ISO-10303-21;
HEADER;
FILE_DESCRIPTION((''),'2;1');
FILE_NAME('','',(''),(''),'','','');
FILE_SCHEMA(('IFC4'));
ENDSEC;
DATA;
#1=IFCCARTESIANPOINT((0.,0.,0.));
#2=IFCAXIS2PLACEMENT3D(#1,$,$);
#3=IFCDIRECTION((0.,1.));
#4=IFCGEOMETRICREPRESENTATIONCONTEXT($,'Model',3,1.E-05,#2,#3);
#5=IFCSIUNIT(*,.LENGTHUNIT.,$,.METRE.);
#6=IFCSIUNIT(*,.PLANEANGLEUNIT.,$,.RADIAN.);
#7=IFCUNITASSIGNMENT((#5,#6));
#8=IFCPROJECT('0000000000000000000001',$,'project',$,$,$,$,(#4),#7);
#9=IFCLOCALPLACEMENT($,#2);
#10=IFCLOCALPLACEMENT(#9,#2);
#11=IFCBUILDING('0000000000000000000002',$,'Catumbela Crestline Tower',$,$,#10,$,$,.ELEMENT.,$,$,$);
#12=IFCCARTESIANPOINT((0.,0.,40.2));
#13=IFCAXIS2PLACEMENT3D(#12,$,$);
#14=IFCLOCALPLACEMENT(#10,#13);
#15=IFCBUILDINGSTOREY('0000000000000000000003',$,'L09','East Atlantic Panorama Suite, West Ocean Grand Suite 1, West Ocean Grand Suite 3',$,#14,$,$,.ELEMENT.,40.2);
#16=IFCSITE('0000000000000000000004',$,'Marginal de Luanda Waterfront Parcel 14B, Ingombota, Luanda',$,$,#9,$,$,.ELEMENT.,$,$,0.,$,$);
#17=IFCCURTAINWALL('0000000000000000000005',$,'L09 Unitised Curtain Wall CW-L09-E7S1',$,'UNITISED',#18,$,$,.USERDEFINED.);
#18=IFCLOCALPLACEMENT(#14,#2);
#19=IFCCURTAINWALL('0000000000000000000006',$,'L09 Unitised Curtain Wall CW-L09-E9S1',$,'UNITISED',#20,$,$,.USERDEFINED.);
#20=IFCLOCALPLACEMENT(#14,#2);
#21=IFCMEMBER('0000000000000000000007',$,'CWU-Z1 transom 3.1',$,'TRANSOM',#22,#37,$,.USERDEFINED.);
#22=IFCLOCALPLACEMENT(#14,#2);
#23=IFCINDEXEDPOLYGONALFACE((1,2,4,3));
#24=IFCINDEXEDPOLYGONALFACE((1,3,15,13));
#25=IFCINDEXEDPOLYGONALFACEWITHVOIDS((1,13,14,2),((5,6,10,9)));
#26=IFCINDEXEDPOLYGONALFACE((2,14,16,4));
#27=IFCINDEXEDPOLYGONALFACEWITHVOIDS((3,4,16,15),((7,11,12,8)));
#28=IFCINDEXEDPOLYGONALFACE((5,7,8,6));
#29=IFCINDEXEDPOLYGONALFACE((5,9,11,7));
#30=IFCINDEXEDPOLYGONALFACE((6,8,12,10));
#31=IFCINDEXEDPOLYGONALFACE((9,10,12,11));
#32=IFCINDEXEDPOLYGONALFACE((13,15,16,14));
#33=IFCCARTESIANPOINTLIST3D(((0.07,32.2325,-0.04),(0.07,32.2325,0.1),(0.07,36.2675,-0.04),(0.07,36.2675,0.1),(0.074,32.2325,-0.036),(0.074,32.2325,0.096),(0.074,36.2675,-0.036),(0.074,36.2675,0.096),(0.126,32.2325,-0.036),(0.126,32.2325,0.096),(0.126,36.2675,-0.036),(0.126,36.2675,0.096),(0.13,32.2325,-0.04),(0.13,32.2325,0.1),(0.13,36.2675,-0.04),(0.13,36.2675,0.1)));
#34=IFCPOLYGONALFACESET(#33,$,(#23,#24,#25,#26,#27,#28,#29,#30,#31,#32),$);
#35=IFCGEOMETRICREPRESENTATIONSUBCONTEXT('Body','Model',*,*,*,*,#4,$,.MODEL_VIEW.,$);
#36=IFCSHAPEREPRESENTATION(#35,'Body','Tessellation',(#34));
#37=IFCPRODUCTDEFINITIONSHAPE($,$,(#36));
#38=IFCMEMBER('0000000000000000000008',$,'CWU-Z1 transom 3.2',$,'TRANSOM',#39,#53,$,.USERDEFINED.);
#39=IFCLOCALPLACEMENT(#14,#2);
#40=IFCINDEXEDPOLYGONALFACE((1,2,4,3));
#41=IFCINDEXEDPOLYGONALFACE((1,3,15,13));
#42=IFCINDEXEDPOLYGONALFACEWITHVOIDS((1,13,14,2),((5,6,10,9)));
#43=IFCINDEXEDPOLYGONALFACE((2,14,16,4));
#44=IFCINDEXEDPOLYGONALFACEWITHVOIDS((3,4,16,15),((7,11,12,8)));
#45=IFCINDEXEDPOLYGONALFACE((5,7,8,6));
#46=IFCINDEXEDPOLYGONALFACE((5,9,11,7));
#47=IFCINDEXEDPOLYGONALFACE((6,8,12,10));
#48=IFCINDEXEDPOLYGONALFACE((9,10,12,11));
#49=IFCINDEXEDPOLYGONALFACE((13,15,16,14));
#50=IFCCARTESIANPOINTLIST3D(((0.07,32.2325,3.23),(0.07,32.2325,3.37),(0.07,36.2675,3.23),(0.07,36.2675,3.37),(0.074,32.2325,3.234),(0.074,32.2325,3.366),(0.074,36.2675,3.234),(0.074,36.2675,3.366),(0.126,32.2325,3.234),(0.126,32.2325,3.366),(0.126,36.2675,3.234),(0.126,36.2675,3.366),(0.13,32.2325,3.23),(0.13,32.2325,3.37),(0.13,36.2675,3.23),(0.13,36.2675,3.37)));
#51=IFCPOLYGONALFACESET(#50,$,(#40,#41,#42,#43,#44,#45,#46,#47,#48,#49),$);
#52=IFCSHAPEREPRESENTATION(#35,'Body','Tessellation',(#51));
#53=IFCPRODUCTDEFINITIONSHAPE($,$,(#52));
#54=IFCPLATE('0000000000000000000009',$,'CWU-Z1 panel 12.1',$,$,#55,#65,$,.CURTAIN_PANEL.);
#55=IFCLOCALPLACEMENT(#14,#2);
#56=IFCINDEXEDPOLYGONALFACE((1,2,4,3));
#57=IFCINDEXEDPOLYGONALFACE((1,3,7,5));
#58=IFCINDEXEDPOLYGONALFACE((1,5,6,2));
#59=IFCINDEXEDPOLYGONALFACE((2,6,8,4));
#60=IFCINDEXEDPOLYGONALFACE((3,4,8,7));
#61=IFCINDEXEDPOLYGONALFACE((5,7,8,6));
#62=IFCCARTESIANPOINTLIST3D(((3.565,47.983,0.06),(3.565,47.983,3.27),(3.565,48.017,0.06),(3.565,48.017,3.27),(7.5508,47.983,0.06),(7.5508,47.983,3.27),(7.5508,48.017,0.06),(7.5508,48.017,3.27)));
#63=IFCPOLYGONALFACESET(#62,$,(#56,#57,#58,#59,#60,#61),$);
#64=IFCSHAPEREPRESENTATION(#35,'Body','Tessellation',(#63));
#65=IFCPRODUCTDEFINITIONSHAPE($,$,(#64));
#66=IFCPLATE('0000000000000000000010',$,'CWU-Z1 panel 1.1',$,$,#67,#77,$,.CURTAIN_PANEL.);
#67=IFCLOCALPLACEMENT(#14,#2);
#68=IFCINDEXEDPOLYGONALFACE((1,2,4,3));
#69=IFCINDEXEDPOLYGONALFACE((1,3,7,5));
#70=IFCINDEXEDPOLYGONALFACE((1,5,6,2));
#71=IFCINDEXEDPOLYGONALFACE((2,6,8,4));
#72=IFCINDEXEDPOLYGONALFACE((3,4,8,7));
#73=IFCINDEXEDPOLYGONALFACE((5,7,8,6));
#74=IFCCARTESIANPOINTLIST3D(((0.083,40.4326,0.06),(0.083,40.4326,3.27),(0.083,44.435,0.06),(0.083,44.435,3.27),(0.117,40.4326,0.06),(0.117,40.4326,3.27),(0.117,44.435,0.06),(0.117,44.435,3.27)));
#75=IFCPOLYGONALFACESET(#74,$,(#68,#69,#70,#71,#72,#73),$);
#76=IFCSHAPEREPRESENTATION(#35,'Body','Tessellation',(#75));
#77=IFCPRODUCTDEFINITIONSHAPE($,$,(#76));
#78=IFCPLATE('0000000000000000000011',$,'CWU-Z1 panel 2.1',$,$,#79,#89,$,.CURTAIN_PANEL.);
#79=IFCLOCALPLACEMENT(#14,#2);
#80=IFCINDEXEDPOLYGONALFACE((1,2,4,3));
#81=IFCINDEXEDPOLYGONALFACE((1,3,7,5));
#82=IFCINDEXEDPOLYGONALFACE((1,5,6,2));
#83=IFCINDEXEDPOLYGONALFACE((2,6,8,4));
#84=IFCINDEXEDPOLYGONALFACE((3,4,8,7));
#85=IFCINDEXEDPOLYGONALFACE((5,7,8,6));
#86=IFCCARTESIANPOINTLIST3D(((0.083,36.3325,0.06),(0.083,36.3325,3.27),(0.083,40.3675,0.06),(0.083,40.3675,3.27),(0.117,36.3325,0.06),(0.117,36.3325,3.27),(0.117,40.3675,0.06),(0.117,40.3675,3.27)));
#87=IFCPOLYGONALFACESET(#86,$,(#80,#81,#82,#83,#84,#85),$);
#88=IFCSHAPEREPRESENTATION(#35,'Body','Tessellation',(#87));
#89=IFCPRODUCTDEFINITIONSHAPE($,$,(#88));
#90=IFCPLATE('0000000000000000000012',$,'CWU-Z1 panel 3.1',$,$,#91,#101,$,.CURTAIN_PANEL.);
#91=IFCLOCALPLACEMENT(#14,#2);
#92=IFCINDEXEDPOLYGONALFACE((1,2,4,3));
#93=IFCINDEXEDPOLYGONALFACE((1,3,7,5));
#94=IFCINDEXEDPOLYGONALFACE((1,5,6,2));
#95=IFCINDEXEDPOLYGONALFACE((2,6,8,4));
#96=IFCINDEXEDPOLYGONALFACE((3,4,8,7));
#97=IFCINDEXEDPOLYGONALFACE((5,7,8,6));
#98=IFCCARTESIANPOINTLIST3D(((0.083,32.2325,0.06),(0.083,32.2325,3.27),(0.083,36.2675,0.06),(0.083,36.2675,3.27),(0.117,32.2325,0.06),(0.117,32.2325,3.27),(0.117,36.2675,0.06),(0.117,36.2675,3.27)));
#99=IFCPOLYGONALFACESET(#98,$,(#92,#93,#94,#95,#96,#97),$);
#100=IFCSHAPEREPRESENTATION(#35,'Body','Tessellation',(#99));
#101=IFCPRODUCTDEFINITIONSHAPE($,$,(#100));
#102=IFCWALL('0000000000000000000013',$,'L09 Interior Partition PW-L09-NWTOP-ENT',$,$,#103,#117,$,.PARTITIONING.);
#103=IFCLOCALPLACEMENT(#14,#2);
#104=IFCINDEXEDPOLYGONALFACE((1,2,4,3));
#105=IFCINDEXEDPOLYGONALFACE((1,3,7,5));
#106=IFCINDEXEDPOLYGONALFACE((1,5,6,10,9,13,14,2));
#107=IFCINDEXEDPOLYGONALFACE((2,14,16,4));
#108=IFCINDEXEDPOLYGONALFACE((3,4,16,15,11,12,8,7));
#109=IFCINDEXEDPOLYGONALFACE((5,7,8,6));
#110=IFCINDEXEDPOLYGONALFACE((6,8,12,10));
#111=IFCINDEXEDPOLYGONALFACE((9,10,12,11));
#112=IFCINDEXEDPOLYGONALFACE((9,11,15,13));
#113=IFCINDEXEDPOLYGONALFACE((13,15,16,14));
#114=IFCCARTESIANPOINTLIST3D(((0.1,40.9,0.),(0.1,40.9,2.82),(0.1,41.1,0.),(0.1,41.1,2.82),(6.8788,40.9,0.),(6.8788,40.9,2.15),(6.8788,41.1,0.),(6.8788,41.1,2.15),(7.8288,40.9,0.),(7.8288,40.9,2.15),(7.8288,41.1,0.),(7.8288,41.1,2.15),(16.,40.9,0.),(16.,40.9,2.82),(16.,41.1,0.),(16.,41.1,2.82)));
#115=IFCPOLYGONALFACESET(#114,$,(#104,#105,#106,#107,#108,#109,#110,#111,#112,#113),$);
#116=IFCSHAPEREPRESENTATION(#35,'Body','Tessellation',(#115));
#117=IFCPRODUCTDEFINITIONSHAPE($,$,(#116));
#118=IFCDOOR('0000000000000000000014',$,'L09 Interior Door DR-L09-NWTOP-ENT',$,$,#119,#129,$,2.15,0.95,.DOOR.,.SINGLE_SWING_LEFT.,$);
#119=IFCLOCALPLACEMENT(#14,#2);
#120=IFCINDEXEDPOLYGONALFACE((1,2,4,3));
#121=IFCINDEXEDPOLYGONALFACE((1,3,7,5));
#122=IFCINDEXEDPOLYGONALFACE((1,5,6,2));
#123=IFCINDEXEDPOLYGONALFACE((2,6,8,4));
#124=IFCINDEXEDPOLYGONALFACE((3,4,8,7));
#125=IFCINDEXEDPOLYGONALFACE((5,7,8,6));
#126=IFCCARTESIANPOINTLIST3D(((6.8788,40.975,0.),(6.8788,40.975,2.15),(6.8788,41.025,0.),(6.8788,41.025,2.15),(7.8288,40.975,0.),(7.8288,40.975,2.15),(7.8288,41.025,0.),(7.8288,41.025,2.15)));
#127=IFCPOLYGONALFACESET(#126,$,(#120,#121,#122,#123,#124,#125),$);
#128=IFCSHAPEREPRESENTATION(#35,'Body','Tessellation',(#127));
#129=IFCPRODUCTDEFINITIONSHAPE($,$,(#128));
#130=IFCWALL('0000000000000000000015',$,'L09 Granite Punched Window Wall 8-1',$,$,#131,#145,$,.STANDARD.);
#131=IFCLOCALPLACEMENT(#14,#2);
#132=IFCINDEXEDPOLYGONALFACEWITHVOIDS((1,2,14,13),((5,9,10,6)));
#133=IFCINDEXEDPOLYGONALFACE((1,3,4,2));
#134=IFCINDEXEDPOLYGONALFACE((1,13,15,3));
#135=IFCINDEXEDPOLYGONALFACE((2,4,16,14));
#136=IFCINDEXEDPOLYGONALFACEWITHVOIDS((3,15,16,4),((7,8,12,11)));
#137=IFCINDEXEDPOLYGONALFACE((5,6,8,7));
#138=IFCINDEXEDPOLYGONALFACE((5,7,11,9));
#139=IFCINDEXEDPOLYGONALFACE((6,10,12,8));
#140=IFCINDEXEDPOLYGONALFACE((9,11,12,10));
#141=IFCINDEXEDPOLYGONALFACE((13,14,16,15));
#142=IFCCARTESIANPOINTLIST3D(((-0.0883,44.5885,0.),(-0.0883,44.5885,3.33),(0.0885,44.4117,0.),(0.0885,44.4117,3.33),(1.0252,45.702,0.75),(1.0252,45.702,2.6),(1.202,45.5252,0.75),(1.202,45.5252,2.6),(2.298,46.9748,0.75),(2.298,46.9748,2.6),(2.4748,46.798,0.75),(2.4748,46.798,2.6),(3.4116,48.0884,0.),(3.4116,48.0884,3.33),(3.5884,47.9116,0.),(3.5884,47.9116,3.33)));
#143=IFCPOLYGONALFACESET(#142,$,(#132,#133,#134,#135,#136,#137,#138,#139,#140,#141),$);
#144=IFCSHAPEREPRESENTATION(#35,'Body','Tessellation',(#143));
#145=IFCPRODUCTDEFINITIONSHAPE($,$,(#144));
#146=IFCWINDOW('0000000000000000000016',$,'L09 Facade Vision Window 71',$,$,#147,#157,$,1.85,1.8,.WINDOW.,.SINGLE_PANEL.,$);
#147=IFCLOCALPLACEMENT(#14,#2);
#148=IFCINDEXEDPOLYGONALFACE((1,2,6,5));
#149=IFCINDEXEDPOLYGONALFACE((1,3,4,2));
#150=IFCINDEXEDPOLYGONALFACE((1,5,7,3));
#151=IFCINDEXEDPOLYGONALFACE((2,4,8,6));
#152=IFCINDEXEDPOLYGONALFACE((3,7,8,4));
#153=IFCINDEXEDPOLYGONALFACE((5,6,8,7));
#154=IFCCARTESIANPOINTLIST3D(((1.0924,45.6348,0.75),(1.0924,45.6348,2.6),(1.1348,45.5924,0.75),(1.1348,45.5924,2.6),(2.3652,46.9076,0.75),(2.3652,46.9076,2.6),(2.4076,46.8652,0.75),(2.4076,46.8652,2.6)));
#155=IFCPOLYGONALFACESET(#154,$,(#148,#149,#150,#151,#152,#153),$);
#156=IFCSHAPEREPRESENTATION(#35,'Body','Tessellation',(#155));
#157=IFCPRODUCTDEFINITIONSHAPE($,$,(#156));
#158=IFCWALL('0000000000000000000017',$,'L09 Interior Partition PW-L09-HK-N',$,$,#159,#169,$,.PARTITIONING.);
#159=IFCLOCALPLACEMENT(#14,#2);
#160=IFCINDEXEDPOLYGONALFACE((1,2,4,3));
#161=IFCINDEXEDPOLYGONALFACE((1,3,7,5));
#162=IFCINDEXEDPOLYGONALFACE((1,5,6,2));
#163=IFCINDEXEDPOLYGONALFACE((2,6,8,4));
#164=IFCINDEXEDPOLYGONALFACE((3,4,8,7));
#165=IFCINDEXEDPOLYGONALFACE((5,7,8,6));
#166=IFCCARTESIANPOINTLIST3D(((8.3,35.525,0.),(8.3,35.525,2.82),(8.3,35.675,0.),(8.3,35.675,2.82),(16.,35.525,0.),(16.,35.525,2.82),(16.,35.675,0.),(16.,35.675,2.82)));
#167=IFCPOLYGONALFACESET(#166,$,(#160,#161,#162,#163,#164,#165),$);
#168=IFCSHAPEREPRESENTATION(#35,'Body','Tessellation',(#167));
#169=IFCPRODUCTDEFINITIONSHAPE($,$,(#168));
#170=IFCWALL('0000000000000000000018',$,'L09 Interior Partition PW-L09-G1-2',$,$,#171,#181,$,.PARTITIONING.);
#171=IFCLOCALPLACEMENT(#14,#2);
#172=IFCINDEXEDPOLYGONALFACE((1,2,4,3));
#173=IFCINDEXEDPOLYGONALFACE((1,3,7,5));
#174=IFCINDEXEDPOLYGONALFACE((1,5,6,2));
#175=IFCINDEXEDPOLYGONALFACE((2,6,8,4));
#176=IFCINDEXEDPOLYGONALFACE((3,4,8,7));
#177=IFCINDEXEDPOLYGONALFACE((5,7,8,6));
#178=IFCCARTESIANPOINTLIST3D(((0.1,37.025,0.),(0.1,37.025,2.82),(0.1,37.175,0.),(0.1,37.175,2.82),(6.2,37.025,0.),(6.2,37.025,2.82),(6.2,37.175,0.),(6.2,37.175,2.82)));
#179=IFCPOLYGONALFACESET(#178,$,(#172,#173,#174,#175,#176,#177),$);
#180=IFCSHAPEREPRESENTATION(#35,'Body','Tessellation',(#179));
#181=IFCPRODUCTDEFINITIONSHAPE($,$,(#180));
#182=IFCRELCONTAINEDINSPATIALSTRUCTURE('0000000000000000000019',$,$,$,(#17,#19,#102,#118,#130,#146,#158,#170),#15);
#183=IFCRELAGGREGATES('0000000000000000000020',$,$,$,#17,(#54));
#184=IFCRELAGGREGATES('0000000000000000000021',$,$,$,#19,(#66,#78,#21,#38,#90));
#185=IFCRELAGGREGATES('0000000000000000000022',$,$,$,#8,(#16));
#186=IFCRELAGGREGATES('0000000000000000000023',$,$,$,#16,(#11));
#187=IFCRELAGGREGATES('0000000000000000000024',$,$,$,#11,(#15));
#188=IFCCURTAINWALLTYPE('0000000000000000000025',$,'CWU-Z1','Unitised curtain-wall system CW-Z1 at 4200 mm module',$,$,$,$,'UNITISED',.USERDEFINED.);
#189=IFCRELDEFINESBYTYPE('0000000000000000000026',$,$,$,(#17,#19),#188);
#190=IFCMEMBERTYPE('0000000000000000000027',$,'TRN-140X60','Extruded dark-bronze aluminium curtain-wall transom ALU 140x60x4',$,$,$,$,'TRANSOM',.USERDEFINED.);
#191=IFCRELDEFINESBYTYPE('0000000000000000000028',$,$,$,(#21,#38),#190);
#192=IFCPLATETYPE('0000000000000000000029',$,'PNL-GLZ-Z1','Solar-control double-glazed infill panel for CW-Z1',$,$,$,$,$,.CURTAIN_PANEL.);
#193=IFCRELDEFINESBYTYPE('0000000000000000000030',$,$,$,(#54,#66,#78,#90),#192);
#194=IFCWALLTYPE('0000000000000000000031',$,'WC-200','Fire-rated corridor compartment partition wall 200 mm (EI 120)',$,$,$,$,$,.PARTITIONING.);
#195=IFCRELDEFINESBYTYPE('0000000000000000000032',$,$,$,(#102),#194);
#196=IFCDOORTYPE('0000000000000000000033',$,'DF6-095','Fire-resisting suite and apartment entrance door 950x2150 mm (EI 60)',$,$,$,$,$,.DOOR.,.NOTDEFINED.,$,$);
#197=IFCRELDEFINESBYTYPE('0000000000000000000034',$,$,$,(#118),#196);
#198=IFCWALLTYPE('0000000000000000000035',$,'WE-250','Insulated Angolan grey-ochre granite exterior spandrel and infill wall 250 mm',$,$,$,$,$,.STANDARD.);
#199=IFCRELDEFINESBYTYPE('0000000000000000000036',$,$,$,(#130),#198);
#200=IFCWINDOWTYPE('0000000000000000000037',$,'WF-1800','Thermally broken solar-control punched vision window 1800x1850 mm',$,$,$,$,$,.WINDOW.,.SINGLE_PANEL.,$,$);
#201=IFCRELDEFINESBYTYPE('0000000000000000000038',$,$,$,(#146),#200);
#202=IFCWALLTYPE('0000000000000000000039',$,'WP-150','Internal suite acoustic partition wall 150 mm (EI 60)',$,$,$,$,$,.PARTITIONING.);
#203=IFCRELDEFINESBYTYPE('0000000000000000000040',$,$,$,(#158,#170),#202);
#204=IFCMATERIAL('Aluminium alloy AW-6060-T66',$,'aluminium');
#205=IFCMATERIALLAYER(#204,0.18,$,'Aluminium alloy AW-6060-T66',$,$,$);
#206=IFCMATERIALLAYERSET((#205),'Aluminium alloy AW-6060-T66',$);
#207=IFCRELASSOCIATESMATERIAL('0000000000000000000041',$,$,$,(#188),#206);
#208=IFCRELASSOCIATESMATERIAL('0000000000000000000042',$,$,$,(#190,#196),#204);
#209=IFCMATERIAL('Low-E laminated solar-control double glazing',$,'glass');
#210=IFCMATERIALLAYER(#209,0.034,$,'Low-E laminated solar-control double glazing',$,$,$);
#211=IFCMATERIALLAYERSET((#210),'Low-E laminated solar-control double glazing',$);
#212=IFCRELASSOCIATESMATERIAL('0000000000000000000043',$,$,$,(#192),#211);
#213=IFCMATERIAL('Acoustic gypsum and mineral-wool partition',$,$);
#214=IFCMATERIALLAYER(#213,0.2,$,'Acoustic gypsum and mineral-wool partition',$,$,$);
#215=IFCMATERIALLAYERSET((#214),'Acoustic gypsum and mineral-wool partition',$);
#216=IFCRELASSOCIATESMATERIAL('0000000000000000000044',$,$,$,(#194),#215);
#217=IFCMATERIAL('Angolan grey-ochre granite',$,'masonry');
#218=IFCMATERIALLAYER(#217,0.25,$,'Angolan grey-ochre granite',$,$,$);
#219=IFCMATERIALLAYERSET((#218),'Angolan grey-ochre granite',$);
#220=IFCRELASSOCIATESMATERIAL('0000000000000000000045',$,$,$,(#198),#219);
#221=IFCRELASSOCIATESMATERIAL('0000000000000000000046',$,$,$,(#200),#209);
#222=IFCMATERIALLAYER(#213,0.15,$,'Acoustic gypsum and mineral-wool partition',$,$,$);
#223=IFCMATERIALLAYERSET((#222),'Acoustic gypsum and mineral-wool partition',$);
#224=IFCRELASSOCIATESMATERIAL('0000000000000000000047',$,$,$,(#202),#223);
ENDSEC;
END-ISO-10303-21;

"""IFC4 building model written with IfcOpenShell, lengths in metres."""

from ifc_helpers import new_model, si_unit, direction, frame, frame_2d, origin, origin_2d, place, context, subcontext, project, spatial, rectangle, hollow_rectangle, extrude, material, layer, layer_set, material_profile, profile_set, type_object, element, fill, aggregate, save


model = new_model("IFC4")

# Units and contexts
model_context = context("Model", 3, precision=1e-05, world=origin(), true_north=direction((0.0, 1.0)))
body_context = subcontext(model_context, "Body", "Model", "MODEL_VIEW")
ifc_project = project(units=[si_unit("LENGTHUNIT", "METRE"), si_unit("PLANEANGLEUNIT", "RADIAN")], contexts=[model_context])

# Site, building, storey
site_placement = place(None, origin())
site = spatial("IfcSite", under=ifc_project, at=site_placement, Name="Marginal de Luanda Waterfront Parcel 14B, Ingombota, Luanda", CompositionType="ELEMENT", RefElevation=0.0)
building_placement = place(site_placement, origin())
building = spatial("IfcBuilding", under=site, at=building_placement, Name="Catumbela Crestline Tower", CompositionType="ELEMENT")
storey_placement = place(building_placement, frame((0.0, 0.0, 40.2)))
storey = spatial("IfcBuildingStorey", under=building, at=storey_placement, Name="L09", Description="East Atlantic Panorama Suite, West Ocean Grand Suite 1, West Ocean Grand Suite 3", CompositionType="ELEMENT", Elevation=40.2)

# Curtain walls
ifc_material_1 = material(Name="Aluminium alloy AW-6060-T66", Category="aluminium")
ifc_layer_1 = layer(ifc_material_1, 0.18, Name="Aluminium alloy AW-6060-T66")
ifc_layer_set_1 = layer_set([ifc_layer_1], Name="Aluminium alloy AW-6060-T66")
curtain_wall_type = type_object("IfcCurtainWallType", Name="CWU-Z1", Description="Unitised curtain-wall system CW-Z1 at 4200 mm module", ElementType="UNITISED", PredefinedType="USERDEFINED", material=ifc_layer_set_1)
curtain_wall_1_placement = place(storey_placement, origin())
curtain_wall_1 = element("IfcCurtainWall", 1, at=curtain_wall_1_placement, inside=storey, type_object=curtain_wall_type, Name="L09 Unitised Curtain Wall CW-L09-E7S1", ObjectType="UNITISED", PredefinedType="USERDEFINED")
curtain_wall_2_placement = place(storey_placement, origin())
curtain_wall_2 = element("IfcCurtainWall", 2, at=curtain_wall_2_placement, inside=storey, type_object=curtain_wall_type, Name="L09 Unitised Curtain Wall CW-L09-E9S1", ObjectType="UNITISED", PredefinedType="USERDEFINED")

# Members
ifc_material_profile_1 = material_profile(ifc_material_1, hollow_rectangle(XDim=0.06, YDim=0.14, WallThickness=0.004, at=origin_2d()), Name="ALU 140x60x4")
ifc_profile_set_1 = profile_set([ifc_material_profile_1], Name="Aluminium alloy AW-6060-T66")
member_type_1 = type_object("IfcMemberType", Name="TRN-140X60", Description="Extruded dark-bronze aluminium curtain-wall transom ALU 140x60x4", ElementType="TRANSOM", PredefinedType="USERDEFINED", material=ifc_profile_set_1)
member_1_placement = place(storey_placement, frame((0.1, 36.2675, 0.03), z_axis=(0.0, -1.0, 0.0), x_axis=(1.0, 0.0, 0.0)))
member_1 = element("IfcMember", 3, at=member_1_placement, type_object=member_type_1, Name="CWU-Z1 transom 3.1", ObjectType="TRANSOM", PredefinedType="USERDEFINED", context=body_context, shape_type="SweptSolid", body=[
    extrude(hollow_rectangle(XDim=0.06, YDim=0.14, WallThickness=0.004, at=origin_2d()), origin(), (0.0, 0.0, 1.0), 4.035),
])
member_2_placement = place(storey_placement, frame((0.1, 36.2675, 3.3), z_axis=(0.0, -1.0, 0.0), x_axis=(1.0, 0.0, 0.0)))
member_2 = element("IfcMember", 4, at=member_2_placement, type_object=member_type_1, Name="CWU-Z1 transom 3.2", ObjectType="TRANSOM", PredefinedType="USERDEFINED", context=body_context, shape_type="SweptSolid", body=[
    extrude(hollow_rectangle(XDim=0.06, YDim=0.14, WallThickness=0.004, at=origin_2d()), origin(), (0.0, 0.0, 1.0), 4.035),
])

# Plates
ifc_material_2 = material(Name="Low-E laminated solar-control double glazing", Category="glass")
ifc_layer_2 = layer(ifc_material_2, 0.034, Name="Low-E laminated solar-control double glazing")
ifc_layer_set_2 = layer_set([ifc_layer_2], Name="Low-E laminated solar-control double glazing")
plate_type = type_object("IfcPlateType", Name="PNL-GLZ-Z1", Description="Solar-control double-glazed infill panel for CW-Z1", PredefinedType="CURTAIN_PANEL", material=ifc_layer_set_2)
plate_1_placement = place(storey_placement, frame((5.5579, 48.0, 0.06), z_axis=(0.0, 0.0, 1.0), x_axis=(-1.0, 0.0, 0.0)))
plate_1 = element("IfcPlate", 5, at=plate_1_placement, type_object=plate_type, Name="CWU-Z1 panel 12.1", PredefinedType="CURTAIN_PANEL", context=body_context, shape_type="SweptSolid", body=[
    extrude(rectangle(XDim=3.9858, YDim=0.034, at=origin_2d()), origin(), (0.0, 0.0, 1.0), 3.21),
])
aggregate(curtain_wall_1, [plate_1])
plate_2_placement = place(storey_placement, frame((0.1, 42.4338, 0.06), z_axis=(0.0, 0.0, 1.0), x_axis=(0.0, -1.0, 0.0)))
plate_2 = element("IfcPlate", 6, at=plate_2_placement, type_object=plate_type, Name="CWU-Z1 panel 1.1", PredefinedType="CURTAIN_PANEL", context=body_context, shape_type="SweptSolid", body=[
    extrude(rectangle(XDim=4.0025, YDim=0.034, at=origin_2d()), origin(), (0.0, 0.0, 1.0), 3.21),
])
plate_3_placement = place(storey_placement, frame((0.1, 38.35, 0.06), z_axis=(0.0, 0.0, 1.0), x_axis=(0.0, -1.0, 0.0)))
plate_3 = element("IfcPlate", 7, at=plate_3_placement, type_object=plate_type, Name="CWU-Z1 panel 2.1", PredefinedType="CURTAIN_PANEL", context=body_context, shape_type="SweptSolid", body=[
    extrude(rectangle(XDim=4.035, YDim=0.034, at=origin_2d()), origin(), (0.0, 0.0, 1.0), 3.21),
])
plate_4_placement = place(storey_placement, frame((0.1, 34.25, 0.06), z_axis=(0.0, 0.0, 1.0), x_axis=(0.0, -1.0, 0.0)))
plate_4 = element("IfcPlate", 8, at=plate_4_placement, type_object=plate_type, Name="CWU-Z1 panel 3.1", PredefinedType="CURTAIN_PANEL", context=body_context, shape_type="SweptSolid", body=[
    extrude(rectangle(XDim=4.035, YDim=0.034, at=origin_2d()), origin(), (0.0, 0.0, 1.0), 3.21),
])
aggregate(curtain_wall_2, [plate_2, plate_3, member_1, member_2, plate_4])

# Wall, opening, door
ifc_material_3 = material(Name="Acoustic gypsum and mineral-wool partition")
ifc_layer_3 = layer(ifc_material_3, 0.2, Name="Acoustic gypsum and mineral-wool partition")
ifc_layer_set_3 = layer_set([ifc_layer_3], Name="Acoustic gypsum and mineral-wool partition")
wall_type_1 = type_object("IfcWallType", Name="WC-200", Description="Fire-rated corridor compartment partition wall 200 mm (EI 120)", PredefinedType="PARTITIONING", material=ifc_layer_set_3)
wall_1_placement = place(storey_placement, frame((0.1, 41.0, 0.0), z_axis=(0.0, 0.0, 1.0), x_axis=(1.0, 0.0, 0.0)))
wall_1 = element("IfcWall", 9, at=wall_1_placement, inside=storey, type_object=wall_type_1, Name="L09 Interior Partition PW-L09-NWTOP-ENT", PredefinedType="PARTITIONING", context=body_context, shape_type="SweptSolid", body=[
    extrude(rectangle(XDim=15.9, YDim=0.2, at=frame_2d((7.95, 0.0))), origin(), (0.0, 0.0, 1.0), 2.82),
])
opening_1_placement = place(wall_1_placement, frame((6.7788, 0.0, 0.0)))
opening_1 = element("IfcOpeningElement", 10, at=opening_1_placement, cuts=wall_1, PredefinedType="OPENING", context=body_context, shape_type="SweptSolid", body=[
    extrude(rectangle(XDim=0.95, YDim=2.15, at=frame_2d((0.475, 1.075))), frame((0.0, 0.11, 0.0), z_axis=(0.0, -1.0, 0.0), x_axis=(1.0, 0.0, 0.0)), (0.0, 0.0, 1.0), 0.22),
])
door_type = type_object("IfcDoorType", Name="DF6-095", Description="Fire-resisting suite and apartment entrance door 950x2150 mm (EI 60)", OperationType="NOTDEFINED", PredefinedType="DOOR", material=ifc_material_1)
door_placement = place(opening_1_placement, origin())
door = element("IfcDoor", 11, at=door_placement, inside=storey, type_object=door_type, Name="L09 Interior Door DR-L09-NWTOP-ENT", OperationType="SINGLE_SWING_LEFT", OverallHeight=2.15, OverallWidth=0.95, PredefinedType="DOOR", context=body_context, shape_type="SweptSolid", body=[
    extrude(rectangle(XDim=0.95, YDim=2.15, at=frame_2d((0.475, 1.075))), frame((0.0, 0.025, 0.0), z_axis=(0.0, -1.0, 0.0), x_axis=(1.0, 0.0, 0.0)), (0.0, 0.0, 1.0), 0.05),
])
fill(opening_1, door)

# Wall, opening, window
ifc_material_4 = material(Name="Angolan grey-ochre granite", Category="masonry")
ifc_layer_4 = layer(ifc_material_4, 0.25, Name="Angolan grey-ochre granite")
ifc_layer_set_4 = layer_set([ifc_layer_4], Name="Angolan grey-ochre granite")
wall_type_2 = type_object("IfcWallType", Name="WE-250", Description="Insulated Angolan grey-ochre granite exterior spandrel and infill wall 250 mm", PredefinedType="STANDARD", material=ifc_layer_set_4)
wall_2_placement = place(storey_placement, frame((3.5, 48.0, 0.0), z_axis=(0.0, 0.0, 1.0), x_axis=(-0.707107, -0.707107, 0.0)))
wall_2 = element("IfcWall", 12, at=wall_2_placement, inside=storey, type_object=wall_type_2, Name="L09 Granite Punched Window Wall 8-1", PredefinedType="STANDARD", context=body_context, shape_type="SweptSolid", body=[
    extrude(rectangle(XDim=4.9497, YDim=0.25, at=frame_2d((2.4748, 0.0))), origin(), (0.0, 0.0, 1.0), 3.33),
])
opening_2_placement = place(wall_2_placement, frame((1.5749, 0.0, 0.75)))
opening_2 = element("IfcOpeningElement", 13, at=opening_2_placement, cuts=wall_2, PredefinedType="OPENING", context=body_context, shape_type="SweptSolid", body=[
    extrude(rectangle(XDim=1.8, YDim=1.85, at=frame_2d((0.9, 0.925))), frame((0.0, 0.135, 0.0), z_axis=(0.0, -1.0, 0.0), x_axis=(1.0, 0.0, 0.0)), (0.0, 0.0, 1.0), 0.27),
])
window_type = type_object("IfcWindowType", Name="WF-1800", Description="Thermally broken solar-control punched vision window 1800x1850 mm", PartitioningType="SINGLE_PANEL", PredefinedType="WINDOW", material=ifc_material_2)
window_placement = place(opening_2_placement, origin())
window = element("IfcWindow", 14, at=window_placement, inside=storey, type_object=window_type, Name="L09 Facade Vision Window 71", OverallHeight=1.85, OverallWidth=1.8, PartitioningType="SINGLE_PANEL", PredefinedType="WINDOW", context=body_context, shape_type="SweptSolid", body=[
    extrude(rectangle(XDim=1.8, YDim=1.85, at=frame_2d((0.9, 0.925))), frame((0.0, 0.03, 0.0), z_axis=(0.0, -1.0, 0.0), x_axis=(1.0, 0.0, 0.0)), (0.0, 0.0, 1.0), 0.06),
])
fill(opening_2, window)

# Walls
ifc_layer_5 = layer(ifc_material_3, 0.15, Name="Acoustic gypsum and mineral-wool partition")
ifc_layer_set_5 = layer_set([ifc_layer_5], Name="Acoustic gypsum and mineral-wool partition")
wall_type_3 = type_object("IfcWallType", Name="WP-150", Description="Internal suite acoustic partition wall 150 mm (EI 60)", PredefinedType="PARTITIONING", material=ifc_layer_set_5)
wall_3_placement = place(storey_placement, frame((8.3, 35.6, 0.0), z_axis=(0.0, 0.0, 1.0), x_axis=(1.0, 0.0, 0.0)))
element("IfcWall", 15, at=wall_3_placement, inside=storey, type_object=wall_type_3, Name="L09 Interior Partition PW-L09-HK-N", PredefinedType="PARTITIONING", context=body_context, shape_type="SweptSolid", body=[
    extrude(rectangle(XDim=7.7, YDim=0.15, at=frame_2d((3.85, 0.0))), origin(), (0.0, 0.0, 1.0), 2.82),
])
wall_4_placement = place(storey_placement, frame((0.1, 37.1, 0.0), z_axis=(0.0, 0.0, 1.0), x_axis=(1.0, 0.0, 0.0)))
element("IfcWall", 16, at=wall_4_placement, inside=storey, type_object=wall_type_3, Name="L09 Interior Partition PW-L09-G1-2", PredefinedType="PARTITIONING", context=body_context, shape_type="SweptSolid", body=[
    extrude(rectangle(XDim=6.1, YDim=0.15, at=frame_2d((3.05, 0.0))), origin(), (0.0, 0.0, 1.0), 2.82),
])

save(model, "model.ifc")
